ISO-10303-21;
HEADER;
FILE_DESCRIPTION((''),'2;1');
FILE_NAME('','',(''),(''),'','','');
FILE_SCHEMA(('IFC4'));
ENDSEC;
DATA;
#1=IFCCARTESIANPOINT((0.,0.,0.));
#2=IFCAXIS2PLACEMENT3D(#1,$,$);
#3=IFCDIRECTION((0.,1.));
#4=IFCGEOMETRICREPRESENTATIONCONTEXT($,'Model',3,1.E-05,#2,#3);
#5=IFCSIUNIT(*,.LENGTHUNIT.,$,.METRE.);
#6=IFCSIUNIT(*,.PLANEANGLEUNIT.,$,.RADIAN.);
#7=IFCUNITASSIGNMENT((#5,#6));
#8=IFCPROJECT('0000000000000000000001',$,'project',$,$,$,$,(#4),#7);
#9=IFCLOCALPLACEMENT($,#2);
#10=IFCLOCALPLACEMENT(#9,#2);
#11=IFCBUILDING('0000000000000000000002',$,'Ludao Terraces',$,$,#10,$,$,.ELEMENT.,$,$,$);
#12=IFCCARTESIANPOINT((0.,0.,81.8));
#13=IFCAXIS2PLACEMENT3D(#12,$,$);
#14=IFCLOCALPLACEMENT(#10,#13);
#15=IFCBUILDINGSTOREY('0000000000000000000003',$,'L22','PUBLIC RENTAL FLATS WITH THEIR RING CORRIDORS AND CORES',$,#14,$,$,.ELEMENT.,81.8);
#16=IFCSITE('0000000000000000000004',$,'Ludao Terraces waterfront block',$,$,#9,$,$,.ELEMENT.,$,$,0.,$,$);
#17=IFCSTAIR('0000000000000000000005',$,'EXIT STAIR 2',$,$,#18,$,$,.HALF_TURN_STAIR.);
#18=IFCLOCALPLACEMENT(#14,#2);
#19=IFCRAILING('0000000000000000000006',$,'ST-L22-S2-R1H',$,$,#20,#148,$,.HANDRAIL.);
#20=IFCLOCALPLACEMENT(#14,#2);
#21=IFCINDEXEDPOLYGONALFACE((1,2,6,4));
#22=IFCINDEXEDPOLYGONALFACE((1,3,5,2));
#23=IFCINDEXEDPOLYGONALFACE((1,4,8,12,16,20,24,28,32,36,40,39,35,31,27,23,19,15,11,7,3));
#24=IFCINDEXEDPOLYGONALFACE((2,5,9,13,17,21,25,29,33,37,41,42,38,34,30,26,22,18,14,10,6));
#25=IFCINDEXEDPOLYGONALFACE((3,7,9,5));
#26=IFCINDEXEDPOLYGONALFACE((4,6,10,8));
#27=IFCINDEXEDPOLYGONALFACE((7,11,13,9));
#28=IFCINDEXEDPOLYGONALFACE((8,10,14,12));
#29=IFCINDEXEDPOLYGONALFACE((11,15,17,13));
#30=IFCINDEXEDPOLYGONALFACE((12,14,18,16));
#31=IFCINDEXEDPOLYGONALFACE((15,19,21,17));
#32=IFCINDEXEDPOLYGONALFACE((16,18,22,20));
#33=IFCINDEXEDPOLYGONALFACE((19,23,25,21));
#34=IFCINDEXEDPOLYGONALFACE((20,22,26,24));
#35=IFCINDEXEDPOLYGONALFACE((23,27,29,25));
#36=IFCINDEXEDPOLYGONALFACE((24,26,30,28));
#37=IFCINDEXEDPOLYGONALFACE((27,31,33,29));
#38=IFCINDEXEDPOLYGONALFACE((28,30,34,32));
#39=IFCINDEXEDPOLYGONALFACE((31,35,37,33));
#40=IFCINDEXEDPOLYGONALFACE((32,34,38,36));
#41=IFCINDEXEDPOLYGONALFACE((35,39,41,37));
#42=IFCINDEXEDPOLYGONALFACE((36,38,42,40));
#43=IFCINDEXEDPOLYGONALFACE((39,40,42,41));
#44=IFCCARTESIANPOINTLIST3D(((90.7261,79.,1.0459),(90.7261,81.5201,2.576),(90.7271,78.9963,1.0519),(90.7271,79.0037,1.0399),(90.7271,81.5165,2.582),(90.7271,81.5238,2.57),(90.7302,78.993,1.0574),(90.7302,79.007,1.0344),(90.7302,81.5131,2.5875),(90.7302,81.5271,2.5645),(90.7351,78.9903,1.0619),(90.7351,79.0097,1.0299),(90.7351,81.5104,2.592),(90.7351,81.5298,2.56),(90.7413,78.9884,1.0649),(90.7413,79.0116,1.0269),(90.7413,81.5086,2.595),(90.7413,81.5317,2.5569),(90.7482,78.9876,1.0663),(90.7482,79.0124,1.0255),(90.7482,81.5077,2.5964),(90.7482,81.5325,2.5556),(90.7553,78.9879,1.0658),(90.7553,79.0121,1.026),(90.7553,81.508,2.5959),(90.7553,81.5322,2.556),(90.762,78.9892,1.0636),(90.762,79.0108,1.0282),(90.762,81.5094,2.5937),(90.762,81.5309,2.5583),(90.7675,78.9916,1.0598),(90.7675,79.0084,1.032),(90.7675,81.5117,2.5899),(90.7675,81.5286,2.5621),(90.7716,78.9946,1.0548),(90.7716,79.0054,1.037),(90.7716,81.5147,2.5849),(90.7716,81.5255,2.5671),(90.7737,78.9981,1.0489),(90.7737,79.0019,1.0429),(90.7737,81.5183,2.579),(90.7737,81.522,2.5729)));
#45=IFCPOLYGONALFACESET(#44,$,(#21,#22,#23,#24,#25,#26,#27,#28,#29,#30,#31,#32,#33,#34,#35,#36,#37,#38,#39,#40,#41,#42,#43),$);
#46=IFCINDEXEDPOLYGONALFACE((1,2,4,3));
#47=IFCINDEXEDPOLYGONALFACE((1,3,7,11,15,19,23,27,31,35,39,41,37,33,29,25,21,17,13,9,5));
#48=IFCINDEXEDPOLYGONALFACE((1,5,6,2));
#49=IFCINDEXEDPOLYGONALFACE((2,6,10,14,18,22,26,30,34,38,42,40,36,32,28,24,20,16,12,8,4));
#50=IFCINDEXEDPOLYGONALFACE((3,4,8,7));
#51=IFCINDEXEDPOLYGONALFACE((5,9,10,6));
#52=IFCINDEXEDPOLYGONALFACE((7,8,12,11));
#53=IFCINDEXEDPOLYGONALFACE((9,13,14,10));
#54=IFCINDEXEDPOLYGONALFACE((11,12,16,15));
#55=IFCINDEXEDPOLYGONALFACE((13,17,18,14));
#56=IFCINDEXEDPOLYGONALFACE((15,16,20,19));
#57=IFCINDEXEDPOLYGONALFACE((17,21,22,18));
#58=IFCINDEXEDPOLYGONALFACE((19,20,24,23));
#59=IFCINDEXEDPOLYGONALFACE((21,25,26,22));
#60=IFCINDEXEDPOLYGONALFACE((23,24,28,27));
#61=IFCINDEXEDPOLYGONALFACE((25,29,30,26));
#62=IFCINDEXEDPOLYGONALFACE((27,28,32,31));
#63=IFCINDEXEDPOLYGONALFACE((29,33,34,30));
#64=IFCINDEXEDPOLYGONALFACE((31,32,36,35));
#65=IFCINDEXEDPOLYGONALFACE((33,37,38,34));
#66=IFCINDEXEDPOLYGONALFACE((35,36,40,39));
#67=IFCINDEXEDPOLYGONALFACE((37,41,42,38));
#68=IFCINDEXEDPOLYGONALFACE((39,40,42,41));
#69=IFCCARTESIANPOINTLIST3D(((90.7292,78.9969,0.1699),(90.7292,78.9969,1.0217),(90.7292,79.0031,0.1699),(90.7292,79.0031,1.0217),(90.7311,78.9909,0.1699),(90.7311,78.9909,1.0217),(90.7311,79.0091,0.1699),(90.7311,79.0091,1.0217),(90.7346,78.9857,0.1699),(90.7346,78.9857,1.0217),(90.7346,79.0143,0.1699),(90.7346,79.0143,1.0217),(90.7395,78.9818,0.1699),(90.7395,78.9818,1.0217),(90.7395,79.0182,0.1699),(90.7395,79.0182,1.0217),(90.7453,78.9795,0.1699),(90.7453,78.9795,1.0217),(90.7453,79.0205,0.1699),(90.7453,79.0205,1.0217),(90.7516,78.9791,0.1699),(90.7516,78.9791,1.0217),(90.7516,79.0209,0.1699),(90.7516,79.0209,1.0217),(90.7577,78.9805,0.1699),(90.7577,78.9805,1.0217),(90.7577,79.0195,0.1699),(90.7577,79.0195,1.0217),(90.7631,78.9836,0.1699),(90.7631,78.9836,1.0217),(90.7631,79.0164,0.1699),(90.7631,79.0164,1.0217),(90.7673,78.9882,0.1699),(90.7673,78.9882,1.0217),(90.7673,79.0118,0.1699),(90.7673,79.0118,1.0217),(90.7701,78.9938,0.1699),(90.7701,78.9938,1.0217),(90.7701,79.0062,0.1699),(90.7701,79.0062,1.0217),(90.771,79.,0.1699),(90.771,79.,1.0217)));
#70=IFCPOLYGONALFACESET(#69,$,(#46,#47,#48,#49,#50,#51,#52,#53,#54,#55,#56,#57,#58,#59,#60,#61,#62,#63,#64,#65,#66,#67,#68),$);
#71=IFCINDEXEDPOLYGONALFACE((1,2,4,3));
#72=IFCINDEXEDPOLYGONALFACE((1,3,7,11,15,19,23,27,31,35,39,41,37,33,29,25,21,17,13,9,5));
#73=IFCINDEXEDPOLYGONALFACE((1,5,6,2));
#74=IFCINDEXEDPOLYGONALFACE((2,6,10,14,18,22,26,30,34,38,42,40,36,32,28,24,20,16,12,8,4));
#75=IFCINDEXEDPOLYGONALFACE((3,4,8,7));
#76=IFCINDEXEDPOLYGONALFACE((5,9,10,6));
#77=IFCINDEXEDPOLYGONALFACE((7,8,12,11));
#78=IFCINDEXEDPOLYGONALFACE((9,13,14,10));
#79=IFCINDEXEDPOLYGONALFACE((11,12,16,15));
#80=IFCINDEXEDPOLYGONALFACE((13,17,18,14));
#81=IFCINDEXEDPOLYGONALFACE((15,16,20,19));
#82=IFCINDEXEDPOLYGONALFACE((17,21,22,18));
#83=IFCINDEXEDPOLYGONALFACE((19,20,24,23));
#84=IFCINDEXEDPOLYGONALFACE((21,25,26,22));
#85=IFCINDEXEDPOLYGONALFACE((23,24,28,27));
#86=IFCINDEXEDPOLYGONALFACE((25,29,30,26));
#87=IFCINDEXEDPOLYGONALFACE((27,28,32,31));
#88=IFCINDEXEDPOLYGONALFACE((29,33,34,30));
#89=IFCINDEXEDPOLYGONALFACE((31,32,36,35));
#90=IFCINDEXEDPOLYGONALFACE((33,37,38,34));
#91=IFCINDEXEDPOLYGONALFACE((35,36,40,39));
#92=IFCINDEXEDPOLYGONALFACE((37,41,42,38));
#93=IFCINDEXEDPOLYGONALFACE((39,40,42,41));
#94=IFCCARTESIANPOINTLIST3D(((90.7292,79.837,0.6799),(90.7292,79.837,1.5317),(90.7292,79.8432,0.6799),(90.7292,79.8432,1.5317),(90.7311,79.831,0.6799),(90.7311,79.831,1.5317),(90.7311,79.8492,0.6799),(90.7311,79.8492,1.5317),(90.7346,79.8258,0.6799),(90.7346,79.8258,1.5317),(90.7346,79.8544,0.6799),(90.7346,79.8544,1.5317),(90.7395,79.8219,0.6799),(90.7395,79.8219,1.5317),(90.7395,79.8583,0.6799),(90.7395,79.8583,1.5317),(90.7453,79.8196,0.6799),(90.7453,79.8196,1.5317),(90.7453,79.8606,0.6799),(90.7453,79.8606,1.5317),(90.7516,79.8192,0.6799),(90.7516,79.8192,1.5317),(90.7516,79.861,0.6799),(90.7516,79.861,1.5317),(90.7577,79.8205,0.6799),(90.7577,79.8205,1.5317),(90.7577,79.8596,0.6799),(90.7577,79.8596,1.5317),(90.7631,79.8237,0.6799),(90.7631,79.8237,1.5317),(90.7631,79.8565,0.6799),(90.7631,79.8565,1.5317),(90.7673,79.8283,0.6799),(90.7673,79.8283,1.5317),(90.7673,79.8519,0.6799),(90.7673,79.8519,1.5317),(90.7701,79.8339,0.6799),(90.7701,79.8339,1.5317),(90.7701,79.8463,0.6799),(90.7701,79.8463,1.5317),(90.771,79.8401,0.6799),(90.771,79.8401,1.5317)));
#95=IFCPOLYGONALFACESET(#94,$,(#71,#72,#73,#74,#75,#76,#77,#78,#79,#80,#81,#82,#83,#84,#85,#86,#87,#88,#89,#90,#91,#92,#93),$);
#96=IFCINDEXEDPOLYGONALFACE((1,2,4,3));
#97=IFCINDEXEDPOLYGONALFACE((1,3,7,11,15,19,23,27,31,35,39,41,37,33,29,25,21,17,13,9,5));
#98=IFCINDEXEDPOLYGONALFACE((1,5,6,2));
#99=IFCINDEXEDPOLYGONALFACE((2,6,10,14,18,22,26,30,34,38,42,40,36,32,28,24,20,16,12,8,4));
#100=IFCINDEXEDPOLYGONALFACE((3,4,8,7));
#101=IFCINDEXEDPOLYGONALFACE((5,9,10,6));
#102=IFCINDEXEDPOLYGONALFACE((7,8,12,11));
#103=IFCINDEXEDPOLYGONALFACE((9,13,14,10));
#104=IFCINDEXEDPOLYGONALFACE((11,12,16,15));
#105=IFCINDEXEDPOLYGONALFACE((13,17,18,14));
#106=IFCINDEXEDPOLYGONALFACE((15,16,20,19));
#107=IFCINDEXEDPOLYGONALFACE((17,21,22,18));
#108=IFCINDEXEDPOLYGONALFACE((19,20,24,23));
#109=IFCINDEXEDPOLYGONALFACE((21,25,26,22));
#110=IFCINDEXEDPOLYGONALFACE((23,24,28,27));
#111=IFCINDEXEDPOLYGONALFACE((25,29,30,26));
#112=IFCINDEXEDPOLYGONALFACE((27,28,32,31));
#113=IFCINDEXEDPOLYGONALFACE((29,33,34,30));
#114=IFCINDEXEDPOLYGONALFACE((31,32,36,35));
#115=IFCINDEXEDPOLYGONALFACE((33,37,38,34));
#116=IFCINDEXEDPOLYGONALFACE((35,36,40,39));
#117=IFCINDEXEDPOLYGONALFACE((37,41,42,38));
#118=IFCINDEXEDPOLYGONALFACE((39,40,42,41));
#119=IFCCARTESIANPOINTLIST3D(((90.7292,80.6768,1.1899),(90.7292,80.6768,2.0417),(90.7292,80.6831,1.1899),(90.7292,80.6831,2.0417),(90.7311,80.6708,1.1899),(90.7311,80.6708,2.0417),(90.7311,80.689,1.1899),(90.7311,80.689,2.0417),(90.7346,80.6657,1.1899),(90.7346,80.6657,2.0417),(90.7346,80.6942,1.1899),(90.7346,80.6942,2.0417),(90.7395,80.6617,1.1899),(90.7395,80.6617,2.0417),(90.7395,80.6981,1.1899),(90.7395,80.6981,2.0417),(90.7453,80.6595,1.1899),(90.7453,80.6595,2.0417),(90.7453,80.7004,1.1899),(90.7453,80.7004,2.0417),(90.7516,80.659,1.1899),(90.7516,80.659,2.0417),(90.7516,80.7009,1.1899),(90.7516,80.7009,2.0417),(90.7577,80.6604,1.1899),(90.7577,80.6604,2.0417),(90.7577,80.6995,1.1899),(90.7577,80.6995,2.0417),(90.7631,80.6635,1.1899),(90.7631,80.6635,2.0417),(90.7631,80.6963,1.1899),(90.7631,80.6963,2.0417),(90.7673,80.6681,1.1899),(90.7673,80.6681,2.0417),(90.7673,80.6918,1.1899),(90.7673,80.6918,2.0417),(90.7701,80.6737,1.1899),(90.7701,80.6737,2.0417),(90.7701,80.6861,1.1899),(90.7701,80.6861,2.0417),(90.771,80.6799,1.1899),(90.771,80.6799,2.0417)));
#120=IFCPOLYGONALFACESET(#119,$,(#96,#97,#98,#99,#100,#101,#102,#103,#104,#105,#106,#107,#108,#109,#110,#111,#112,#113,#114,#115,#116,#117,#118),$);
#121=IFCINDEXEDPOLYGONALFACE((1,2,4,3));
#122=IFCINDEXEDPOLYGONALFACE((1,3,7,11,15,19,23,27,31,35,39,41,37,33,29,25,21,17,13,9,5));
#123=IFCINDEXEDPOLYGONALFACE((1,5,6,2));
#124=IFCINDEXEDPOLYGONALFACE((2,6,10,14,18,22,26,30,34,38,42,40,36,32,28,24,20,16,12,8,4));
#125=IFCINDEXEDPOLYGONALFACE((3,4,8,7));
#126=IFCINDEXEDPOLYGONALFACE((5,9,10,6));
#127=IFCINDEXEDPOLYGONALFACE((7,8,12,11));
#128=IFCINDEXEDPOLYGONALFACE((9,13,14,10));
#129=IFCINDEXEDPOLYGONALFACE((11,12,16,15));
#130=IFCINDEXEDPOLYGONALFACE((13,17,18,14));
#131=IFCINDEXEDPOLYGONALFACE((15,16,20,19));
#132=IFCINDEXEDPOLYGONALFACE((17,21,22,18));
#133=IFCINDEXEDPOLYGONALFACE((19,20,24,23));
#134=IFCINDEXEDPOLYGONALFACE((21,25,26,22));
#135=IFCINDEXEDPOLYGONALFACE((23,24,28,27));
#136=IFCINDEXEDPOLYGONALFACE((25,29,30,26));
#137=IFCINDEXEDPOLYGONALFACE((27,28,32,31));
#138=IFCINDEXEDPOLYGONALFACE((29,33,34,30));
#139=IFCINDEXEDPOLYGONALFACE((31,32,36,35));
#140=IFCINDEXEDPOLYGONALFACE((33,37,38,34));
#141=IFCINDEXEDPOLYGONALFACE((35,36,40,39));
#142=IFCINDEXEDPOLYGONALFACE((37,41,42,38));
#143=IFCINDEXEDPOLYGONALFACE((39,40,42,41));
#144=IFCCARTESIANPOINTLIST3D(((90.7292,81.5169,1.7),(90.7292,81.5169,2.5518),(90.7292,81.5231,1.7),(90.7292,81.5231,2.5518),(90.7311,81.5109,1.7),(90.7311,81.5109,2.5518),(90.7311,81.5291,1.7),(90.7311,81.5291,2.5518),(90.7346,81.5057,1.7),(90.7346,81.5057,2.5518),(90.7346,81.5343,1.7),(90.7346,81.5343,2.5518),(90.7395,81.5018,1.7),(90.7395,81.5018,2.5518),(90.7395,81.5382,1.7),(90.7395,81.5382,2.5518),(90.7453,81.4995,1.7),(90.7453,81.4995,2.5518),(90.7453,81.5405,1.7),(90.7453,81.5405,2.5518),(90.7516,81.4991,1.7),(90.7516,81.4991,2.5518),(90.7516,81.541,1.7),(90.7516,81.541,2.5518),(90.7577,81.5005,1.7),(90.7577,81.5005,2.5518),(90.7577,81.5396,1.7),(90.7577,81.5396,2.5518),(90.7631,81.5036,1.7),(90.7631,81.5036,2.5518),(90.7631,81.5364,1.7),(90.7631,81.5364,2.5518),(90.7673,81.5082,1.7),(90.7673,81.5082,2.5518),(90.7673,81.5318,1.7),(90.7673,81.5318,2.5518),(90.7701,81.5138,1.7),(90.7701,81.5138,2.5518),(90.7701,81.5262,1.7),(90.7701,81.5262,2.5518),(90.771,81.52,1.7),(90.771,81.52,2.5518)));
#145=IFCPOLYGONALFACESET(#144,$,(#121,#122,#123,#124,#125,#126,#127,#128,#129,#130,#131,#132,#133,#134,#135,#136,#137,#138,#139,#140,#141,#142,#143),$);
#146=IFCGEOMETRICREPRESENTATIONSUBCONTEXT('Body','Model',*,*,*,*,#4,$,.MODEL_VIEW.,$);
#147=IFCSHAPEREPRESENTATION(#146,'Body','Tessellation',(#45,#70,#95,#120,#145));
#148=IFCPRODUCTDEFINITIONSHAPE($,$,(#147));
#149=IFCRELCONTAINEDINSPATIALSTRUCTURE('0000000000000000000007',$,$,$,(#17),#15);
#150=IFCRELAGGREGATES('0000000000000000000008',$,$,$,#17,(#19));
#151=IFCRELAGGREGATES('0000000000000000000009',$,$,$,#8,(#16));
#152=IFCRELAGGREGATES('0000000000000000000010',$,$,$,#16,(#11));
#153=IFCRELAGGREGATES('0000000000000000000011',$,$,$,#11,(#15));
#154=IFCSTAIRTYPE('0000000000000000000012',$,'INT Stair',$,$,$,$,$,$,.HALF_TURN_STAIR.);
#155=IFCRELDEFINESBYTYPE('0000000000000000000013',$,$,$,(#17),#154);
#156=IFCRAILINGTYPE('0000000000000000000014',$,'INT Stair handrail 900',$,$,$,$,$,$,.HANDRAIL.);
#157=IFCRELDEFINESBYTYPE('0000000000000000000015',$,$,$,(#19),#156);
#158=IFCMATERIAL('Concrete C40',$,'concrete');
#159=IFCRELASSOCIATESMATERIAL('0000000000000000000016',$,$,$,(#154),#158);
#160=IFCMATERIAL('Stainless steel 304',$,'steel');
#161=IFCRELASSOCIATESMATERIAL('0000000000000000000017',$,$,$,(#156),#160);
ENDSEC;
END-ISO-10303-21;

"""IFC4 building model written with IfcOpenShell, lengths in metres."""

from ifc_helpers import new_model, si_unit, direction, frame, origin, origin_2d, place, context, subcontext, project, spatial, circle, extrude, material, type_object, element, aggregate, save


model = new_model("IFC4")

# Units and contexts
model_context = context("Model", 3, precision=1e-05, world=origin(), true_north=direction((0.0, 1.0)))
body_context = subcontext(model_context, "Body", "Model", "MODEL_VIEW")
ifc_project = project(units=[si_unit("LENGTHUNIT", "METRE"), si_unit("PLANEANGLEUNIT", "RADIAN")], contexts=[model_context])

# Site, building, storey
site_placement = place(None, origin())
site = spatial("IfcSite", under=ifc_project, at=site_placement, Name="Ludao Terraces waterfront block", CompositionType="ELEMENT", RefElevation=0.0)
building_placement = place(site_placement, origin())
building = spatial("IfcBuilding", under=site, at=building_placement, Name="Ludao Terraces", CompositionType="ELEMENT")
storey_placement = place(building_placement, frame((0.0, 0.0, 81.8)))
storey = spatial("IfcBuildingStorey", under=building, at=storey_placement, Name="L22", Description="PUBLIC RENTAL FLATS WITH THEIR RING CORRIDORS AND CORES", CompositionType="ELEMENT", Elevation=81.8)

# Stair, railing
ifc_material_1 = material(Name="Concrete C40", Category="concrete")
stair_type = type_object("IfcStairType", Name="INT Stair", PredefinedType="HALF_TURN_STAIR", material=ifc_material_1)
stair_placement = place(storey_placement, origin())
stair = element("IfcStair", 1, at=stair_placement, inside=storey, type_object=stair_type, Name="EXIT STAIR 2", PredefinedType="HALF_TURN_STAIR")
ifc_material_2 = material(Name="Stainless steel 304", Category="steel")
railing_type_1 = type_object("IfcRailingType", Name="INT Stair handrail 900", PredefinedType="HANDRAIL", material=ifc_material_2)
railing_1_placement = place(storey_placement, frame((90.75, 79.0, 0.1699)))
railing_1 = element("IfcRailing", 2, at=railing_1_placement, type_object=railing_type_1, Name="ST-L22-S2-R1H", PredefinedType="HANDRAIL", context=body_context, shape_type="SweptSolid", body=[
    extrude(circle(Radius=0.0239, at=origin_2d()), frame((0.0, 0.0, 0.876), z_axis=(0.0, 0.854785, 0.518982), x_axis=(-1.0, 0.0, 0.0)), (0.0, 0.0, 1.0), 2.9482),
    extrude(circle(Radius=0.021, at=origin_2d()), origin(), (0.0, 0.0, 1.0), 0.8518),
    extrude(circle(Radius=0.021, at=origin_2d()), frame((0.0, 0.8401, 0.51)), (0.0, 0.0, 1.0), 0.8518),
    extrude(circle(Radius=0.021, at=origin_2d()), frame((0.0, 1.6799, 1.02)), (0.0, 0.0, 1.0), 0.8518),
    extrude(circle(Radius=0.021, at=origin_2d()), frame((0.0, 2.52, 1.53)), (0.0, 0.0, 1.0), 0.8518),
])
aggregate(stair, [railing_1])

save(model, "model.ifc")
